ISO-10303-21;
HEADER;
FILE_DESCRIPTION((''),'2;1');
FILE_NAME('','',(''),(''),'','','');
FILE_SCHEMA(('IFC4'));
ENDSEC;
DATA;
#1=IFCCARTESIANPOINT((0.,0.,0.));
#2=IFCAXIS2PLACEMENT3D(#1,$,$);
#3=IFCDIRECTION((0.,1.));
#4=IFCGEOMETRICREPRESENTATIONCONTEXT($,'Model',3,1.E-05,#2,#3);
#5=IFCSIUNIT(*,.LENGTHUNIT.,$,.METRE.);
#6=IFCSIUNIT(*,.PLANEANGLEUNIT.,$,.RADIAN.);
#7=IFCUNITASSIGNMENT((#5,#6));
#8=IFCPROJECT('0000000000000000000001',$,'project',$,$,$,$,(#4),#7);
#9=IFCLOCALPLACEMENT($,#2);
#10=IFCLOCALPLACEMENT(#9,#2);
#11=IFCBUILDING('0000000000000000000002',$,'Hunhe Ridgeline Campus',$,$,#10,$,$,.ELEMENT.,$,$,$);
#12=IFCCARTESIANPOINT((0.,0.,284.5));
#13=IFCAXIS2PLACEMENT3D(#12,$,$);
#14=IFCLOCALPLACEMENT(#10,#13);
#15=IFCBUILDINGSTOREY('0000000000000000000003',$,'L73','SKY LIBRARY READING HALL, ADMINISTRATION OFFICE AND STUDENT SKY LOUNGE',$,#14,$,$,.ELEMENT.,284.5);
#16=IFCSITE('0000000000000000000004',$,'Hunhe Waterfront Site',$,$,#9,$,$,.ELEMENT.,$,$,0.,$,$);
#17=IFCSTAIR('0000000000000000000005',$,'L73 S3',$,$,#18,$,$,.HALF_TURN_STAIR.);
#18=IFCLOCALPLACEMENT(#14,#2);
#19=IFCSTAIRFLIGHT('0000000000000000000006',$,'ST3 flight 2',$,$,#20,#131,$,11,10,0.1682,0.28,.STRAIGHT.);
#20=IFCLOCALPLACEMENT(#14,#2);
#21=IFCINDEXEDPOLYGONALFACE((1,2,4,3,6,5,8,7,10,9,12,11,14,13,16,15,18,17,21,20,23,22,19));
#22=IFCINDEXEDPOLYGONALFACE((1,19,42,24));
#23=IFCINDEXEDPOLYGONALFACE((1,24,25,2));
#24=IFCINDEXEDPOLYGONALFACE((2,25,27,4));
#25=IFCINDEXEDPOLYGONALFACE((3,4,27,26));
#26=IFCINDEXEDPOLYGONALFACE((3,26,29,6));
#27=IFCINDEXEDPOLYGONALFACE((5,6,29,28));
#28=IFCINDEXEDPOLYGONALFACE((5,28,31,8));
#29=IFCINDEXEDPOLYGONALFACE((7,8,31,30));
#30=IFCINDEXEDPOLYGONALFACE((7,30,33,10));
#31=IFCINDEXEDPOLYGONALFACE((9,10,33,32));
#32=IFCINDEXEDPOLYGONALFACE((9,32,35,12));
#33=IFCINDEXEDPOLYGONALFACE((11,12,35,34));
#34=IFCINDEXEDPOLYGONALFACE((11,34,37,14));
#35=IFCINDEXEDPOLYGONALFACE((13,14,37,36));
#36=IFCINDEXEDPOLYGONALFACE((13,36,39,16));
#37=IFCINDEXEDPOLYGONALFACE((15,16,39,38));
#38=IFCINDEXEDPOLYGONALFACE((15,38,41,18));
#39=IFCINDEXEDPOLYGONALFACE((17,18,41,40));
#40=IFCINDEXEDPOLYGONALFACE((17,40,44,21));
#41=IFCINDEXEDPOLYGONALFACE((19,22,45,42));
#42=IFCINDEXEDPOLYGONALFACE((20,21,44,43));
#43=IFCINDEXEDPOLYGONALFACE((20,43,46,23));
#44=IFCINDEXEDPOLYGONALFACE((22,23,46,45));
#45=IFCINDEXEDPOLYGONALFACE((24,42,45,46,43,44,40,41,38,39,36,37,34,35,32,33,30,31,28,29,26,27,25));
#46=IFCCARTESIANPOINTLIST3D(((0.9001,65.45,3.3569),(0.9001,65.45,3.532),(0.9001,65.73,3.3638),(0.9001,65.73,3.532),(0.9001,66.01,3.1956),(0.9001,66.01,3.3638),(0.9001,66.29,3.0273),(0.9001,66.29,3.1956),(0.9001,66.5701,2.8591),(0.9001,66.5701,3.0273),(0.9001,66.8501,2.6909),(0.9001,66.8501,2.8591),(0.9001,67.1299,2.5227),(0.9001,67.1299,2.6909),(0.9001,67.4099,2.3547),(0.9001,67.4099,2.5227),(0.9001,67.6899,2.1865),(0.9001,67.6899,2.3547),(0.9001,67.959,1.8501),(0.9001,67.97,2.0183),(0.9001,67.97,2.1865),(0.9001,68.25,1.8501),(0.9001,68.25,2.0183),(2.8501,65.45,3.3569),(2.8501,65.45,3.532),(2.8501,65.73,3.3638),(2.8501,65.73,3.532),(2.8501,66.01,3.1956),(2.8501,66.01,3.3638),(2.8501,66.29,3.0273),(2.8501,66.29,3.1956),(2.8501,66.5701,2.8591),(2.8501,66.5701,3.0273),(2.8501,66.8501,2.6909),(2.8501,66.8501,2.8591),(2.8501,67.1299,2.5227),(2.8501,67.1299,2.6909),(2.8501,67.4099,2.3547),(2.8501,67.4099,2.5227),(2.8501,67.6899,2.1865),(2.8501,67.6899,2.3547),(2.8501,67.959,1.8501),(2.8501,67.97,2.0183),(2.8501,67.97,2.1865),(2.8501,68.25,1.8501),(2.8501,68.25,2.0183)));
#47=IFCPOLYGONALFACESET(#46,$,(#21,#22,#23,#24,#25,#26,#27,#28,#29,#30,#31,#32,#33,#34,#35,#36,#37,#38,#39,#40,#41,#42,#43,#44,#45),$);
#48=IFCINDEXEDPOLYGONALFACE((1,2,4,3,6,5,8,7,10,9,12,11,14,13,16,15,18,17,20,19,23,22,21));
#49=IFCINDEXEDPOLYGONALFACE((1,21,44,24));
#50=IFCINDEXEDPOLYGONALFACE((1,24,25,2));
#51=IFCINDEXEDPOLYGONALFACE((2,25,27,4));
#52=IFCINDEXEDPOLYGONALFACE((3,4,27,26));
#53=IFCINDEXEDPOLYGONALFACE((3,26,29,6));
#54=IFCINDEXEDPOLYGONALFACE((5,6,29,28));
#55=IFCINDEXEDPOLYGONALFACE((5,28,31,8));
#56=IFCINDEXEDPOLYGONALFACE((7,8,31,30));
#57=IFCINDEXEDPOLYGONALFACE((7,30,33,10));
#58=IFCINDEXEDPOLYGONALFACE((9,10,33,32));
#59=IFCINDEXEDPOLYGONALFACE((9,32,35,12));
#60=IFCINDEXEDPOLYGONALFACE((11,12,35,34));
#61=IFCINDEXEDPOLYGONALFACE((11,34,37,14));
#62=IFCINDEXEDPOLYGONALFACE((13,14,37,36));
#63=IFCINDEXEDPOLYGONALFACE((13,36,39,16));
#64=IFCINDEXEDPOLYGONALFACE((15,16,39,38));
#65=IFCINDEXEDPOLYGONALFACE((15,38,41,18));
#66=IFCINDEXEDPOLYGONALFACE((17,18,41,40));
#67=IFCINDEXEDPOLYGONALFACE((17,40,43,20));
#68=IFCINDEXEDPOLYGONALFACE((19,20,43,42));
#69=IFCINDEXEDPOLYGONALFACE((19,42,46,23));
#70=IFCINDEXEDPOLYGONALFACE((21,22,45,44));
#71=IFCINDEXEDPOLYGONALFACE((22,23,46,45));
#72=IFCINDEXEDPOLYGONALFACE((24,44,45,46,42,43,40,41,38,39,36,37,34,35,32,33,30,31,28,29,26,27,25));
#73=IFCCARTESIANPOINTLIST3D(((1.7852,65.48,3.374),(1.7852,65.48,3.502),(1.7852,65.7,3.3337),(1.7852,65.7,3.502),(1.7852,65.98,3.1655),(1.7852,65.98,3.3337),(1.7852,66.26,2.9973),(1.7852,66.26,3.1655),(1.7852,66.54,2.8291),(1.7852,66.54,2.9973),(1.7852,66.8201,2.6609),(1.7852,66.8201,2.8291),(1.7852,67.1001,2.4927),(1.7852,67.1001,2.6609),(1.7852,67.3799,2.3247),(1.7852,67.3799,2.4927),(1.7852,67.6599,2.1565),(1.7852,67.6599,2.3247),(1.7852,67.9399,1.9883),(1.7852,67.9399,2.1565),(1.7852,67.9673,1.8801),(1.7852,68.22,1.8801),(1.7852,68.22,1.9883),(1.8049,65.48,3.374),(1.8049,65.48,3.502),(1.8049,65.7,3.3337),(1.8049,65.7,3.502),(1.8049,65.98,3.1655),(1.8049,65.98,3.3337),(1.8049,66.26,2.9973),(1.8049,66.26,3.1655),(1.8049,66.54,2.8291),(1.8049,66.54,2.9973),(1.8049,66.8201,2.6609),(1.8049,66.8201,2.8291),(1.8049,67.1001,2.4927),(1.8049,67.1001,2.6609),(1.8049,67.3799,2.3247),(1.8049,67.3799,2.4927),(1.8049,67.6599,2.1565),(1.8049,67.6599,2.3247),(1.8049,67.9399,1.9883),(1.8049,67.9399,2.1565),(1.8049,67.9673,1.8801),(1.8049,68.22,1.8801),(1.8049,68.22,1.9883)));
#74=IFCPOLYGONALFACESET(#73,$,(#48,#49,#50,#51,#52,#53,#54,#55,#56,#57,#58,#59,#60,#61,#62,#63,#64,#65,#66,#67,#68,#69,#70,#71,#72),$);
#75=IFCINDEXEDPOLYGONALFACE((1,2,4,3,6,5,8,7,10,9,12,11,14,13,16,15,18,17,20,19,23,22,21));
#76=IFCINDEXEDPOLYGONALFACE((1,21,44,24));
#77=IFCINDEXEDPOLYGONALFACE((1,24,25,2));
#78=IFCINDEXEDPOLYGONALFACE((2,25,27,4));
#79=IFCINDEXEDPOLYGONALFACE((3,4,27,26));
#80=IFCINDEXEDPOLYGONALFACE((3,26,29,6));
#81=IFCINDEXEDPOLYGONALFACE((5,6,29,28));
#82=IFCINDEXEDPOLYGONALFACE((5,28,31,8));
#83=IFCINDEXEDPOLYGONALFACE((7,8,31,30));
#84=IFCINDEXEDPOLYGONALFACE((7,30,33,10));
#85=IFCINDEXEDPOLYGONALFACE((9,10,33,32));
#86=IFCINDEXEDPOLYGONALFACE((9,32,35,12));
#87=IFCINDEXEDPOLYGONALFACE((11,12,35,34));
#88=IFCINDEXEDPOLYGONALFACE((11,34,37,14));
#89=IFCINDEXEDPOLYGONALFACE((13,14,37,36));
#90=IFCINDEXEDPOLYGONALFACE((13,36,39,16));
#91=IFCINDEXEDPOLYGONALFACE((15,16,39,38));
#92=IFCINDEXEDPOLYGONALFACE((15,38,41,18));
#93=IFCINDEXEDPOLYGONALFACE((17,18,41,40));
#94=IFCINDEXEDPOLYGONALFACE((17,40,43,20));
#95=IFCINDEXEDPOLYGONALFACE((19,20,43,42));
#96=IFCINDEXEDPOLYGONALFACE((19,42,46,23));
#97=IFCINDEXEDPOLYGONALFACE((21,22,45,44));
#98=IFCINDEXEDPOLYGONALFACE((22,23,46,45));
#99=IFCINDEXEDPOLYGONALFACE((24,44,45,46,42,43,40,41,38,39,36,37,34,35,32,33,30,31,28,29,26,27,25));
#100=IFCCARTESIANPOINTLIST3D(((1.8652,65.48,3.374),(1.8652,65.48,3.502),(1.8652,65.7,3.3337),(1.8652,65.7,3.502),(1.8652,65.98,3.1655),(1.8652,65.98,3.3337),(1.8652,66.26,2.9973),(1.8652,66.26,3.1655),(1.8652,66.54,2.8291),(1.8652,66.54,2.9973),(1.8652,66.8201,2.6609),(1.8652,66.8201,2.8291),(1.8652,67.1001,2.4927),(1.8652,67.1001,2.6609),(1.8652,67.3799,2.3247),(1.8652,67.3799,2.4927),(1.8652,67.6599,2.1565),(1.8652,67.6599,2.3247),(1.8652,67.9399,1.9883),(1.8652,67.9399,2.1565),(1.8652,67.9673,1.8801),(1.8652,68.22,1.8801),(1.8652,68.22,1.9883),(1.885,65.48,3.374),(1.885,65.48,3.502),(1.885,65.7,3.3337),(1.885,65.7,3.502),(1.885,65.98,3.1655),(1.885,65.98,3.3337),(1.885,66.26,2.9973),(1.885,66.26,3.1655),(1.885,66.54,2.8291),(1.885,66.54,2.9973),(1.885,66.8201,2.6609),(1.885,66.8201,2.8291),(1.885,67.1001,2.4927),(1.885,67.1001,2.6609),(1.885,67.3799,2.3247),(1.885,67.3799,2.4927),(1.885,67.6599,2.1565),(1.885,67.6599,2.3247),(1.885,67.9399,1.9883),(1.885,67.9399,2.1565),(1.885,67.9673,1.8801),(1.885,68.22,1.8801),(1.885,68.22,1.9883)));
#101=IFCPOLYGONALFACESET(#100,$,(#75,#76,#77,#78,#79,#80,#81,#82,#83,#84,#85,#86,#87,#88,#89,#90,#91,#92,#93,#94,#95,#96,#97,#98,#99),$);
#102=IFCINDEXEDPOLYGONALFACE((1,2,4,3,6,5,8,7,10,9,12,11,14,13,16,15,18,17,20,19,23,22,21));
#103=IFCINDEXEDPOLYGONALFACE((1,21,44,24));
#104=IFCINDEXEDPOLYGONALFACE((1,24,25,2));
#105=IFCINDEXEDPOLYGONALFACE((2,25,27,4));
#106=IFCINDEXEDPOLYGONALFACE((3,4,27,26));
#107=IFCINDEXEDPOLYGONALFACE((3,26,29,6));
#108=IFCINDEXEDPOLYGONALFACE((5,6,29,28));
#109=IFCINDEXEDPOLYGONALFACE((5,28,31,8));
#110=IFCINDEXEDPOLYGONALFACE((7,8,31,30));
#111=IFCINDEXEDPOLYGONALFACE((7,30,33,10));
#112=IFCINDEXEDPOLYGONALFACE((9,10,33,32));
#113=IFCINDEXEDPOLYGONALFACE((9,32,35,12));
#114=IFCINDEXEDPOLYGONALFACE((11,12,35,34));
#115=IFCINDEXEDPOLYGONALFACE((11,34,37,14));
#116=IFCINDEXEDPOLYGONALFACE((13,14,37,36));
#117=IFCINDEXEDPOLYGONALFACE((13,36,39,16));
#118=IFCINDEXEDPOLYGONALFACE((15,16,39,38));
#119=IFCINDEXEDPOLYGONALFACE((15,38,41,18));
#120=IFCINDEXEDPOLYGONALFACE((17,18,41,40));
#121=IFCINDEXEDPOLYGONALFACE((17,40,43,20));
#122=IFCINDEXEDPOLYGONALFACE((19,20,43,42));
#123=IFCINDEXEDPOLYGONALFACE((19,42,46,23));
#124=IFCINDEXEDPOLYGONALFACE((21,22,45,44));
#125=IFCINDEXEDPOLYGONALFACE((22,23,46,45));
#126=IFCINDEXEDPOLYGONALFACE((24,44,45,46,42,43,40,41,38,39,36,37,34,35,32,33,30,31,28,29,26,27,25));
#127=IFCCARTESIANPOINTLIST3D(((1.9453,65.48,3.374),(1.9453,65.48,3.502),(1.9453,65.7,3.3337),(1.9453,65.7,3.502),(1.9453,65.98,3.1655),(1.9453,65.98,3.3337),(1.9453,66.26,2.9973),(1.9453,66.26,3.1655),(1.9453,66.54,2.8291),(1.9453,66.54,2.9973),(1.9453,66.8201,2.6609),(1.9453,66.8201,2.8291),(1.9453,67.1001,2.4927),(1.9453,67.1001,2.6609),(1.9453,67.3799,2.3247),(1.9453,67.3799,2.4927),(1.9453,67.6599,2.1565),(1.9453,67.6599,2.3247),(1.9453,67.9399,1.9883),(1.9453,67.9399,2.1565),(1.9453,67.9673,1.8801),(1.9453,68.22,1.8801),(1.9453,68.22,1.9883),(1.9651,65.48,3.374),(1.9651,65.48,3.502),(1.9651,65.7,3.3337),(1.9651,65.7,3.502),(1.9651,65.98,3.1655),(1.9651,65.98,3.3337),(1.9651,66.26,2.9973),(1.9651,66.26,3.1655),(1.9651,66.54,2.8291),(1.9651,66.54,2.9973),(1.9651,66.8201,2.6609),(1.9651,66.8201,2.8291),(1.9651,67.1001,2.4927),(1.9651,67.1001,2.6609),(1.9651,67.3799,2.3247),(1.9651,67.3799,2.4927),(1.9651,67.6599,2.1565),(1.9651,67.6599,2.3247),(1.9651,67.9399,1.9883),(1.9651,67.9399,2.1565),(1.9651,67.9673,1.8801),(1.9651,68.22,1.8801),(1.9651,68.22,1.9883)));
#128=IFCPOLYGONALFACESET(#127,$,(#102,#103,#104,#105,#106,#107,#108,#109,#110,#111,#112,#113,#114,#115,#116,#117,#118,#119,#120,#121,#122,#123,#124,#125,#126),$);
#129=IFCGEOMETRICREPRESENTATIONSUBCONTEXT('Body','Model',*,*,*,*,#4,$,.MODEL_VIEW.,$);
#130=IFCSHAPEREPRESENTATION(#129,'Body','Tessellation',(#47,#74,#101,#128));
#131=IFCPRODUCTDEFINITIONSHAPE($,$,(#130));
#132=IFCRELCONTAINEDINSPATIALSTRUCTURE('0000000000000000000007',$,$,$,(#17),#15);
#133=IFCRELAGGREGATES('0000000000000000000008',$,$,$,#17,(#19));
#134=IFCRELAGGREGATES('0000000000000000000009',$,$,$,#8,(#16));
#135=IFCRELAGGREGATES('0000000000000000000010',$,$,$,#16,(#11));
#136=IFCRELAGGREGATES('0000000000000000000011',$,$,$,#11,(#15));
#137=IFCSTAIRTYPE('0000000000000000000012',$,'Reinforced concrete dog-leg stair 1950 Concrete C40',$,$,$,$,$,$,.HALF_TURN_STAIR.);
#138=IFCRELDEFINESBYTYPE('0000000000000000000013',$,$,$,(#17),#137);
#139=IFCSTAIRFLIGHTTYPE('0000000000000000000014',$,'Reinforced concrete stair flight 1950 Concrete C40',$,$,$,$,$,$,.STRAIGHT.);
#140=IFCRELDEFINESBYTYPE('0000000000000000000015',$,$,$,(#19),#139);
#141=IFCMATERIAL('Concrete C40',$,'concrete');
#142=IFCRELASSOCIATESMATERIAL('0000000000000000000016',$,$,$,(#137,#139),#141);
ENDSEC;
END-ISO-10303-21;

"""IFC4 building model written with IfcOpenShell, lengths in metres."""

from ifc_helpers import new_model, si_unit, direction, frame, origin, place, context, subcontext, project, spatial, polyline, outline, extrude, material, type_object, element, aggregate, save


model = new_model("IFC4")

# Units and contexts
model_context = context("Model", 3, precision=1e-05, world=origin(), true_north=direction((0.0, 1.0)))
body_context = subcontext(model_context, "Body", "Model", "MODEL_VIEW")
ifc_project = project(units=[si_unit("LENGTHUNIT", "METRE"), si_unit("PLANEANGLEUNIT", "RADIAN")], contexts=[model_context])

# Site, building, storey
site_placement = place(None, origin())
site = spatial("IfcSite", under=ifc_project, at=site_placement, Name="Hunhe Waterfront Site", CompositionType="ELEMENT", RefElevation=0.0)
building_placement = place(site_placement, origin())
building = spatial("IfcBuilding", under=site, at=building_placement, Name="Hunhe Ridgeline Campus", CompositionType="ELEMENT")
storey_placement = place(building_placement, frame((0.0, 0.0, 284.5)))
storey = spatial("IfcBuildingStorey", under=building, at=storey_placement, Name="L73", Description="SKY LIBRARY READING HALL, ADMINISTRATION OFFICE AND STUDENT SKY LOUNGE", CompositionType="ELEMENT", Elevation=284.5)

# Stair, stair flight
ifc_material_1 = material(Name="Concrete C40", Category="concrete")
stair_type = type_object("IfcStairType", Name="Reinforced concrete dog-leg stair 1950 Concrete C40", PredefinedType="HALF_TURN_STAIR", material=ifc_material_1)
stair_1_placement = place(storey_placement, origin())
stair_1 = element("IfcStair", 1, at=stair_1_placement, inside=storey, type_object=stair_type, Name="L73 S3", PredefinedType="HALF_TURN_STAIR")
stair_flight_type = type_object("IfcStairFlightType", Name="Reinforced concrete stair flight 1950 Concrete C40", PredefinedType="STRAIGHT", material=ifc_material_1)
stair_flight_1_placement = place(storey_placement, frame((1.875, 68.25, 1.8501), z_axis=(0.0, 0.0, 1.0), x_axis=(0.0, -1.0, 0.0)))
stair_flight_1 = element("IfcStairFlight", 2, at=stair_flight_1_placement, type_object=stair_flight_type, Name="ST3 flight 2", NumberOfRisers=11, NumberOfTreads=10, PredefinedType="STRAIGHT", RiserHeight=0.1682, TreadLength=0.28, context=body_context, shape_type="SweptSolid", body=[
    extrude(outline(polyline([(0.0, 0.0), (0.0, 0.1682), (0.28, 0.1682), (0.28, 0.3364), (0.5601, 0.3364), (0.5601, 0.5046), (0.8401, 0.5046), (0.8401, 0.6726), (1.1201, 0.6726), (1.1201, 0.8408), (1.3999, 0.8408), (1.3999, 1.009), (1.6799, 1.009), (1.6799, 1.1772), (1.96, 1.1772), (1.96, 1.3455), (2.24, 1.3455), (2.24, 1.5137), (2.52, 1.5137), (2.52, 1.6819), (2.8, 1.6819), (2.8, 1.8501), (2.8, 1.5068), (0.291, 0.0), (0.0, 0.0)])), frame((0.0, 0.9751, 0.0), z_axis=(0.0, -1.0, 0.0), x_axis=(1.0, 0.0, 0.0)), (0.0, 0.0, 1.0), 1.95),
    extrude(outline(polyline([(0.03, 0.03), (0.03, 0.1382), (0.3101, 0.1382), (0.3101, 0.3064), (0.5901, 0.3064), (0.5901, 0.4746), (0.8701, 0.4746), (0.8701, 0.6426), (1.1499, 0.6426), (1.1499, 0.8108), (1.4299, 0.8108), (1.4299, 0.979), (1.71, 0.979), (1.71, 1.1472), (1.99, 1.1472), (1.99, 1.3154), (2.27, 1.3154), (2.27, 1.4836), (2.55, 1.4836), (2.55, 1.6519), (2.77, 1.6519), (2.77, 1.5239), (0.2827, 0.03), (0.03, 0.03)])), frame((0.0, -0.0701, 0.0), z_axis=(0.0, -1.0, 0.0), x_axis=(1.0, 0.0, 0.0)), (0.0, 0.0, 1.0), 0.0198),
    extrude(outline(polyline([(0.03, 0.03), (0.03, 0.1382), (0.3101, 0.1382), (0.3101, 0.3064), (0.5901, 0.3064), (0.5901, 0.4746), (0.8701, 0.4746), (0.8701, 0.6426), (1.1499, 0.6426), (1.1499, 0.8108), (1.4299, 0.8108), (1.4299, 0.979), (1.71, 0.979), (1.71, 1.1472), (1.99, 1.1472), (1.99, 1.3154), (2.27, 1.3154), (2.27, 1.4836), (2.55, 1.4836), (2.55, 1.6519), (2.77, 1.6519), (2.77, 1.5239), (0.2827, 0.03), (0.03, 0.03)])), frame((0.0, 0.01, 0.0), z_axis=(0.0, -1.0, 0.0), x_axis=(1.0, 0.0, 0.0)), (0.0, 0.0, 1.0), 0.0198),
    extrude(outline(polyline([(0.03, 0.03), (0.03, 0.1382), (0.3101, 0.1382), (0.3101, 0.3064), (0.5901, 0.3064), (0.5901, 0.4746), (0.8701, 0.4746), (0.8701, 0.6426), (1.1499, 0.6426), (1.1499, 0.8108), (1.4299, 0.8108), (1.4299, 0.979), (1.71, 0.979), (1.71, 1.1472), (1.99, 1.1472), (1.99, 1.3154), (2.27, 1.3154), (2.27, 1.4836), (2.55, 1.4836), (2.55, 1.6519), (2.77, 1.6519), (2.77, 1.5239), (0.2827, 0.03), (0.03, 0.03)])), frame((0.0, 0.0901, 0.0), z_axis=(0.0, -1.0, 0.0), x_axis=(1.0, 0.0, 0.0)), (0.0, 0.0, 1.0), 0.0198),
])
aggregate(stair_1, [stair_flight_1])

save(model, "model.ifc")
